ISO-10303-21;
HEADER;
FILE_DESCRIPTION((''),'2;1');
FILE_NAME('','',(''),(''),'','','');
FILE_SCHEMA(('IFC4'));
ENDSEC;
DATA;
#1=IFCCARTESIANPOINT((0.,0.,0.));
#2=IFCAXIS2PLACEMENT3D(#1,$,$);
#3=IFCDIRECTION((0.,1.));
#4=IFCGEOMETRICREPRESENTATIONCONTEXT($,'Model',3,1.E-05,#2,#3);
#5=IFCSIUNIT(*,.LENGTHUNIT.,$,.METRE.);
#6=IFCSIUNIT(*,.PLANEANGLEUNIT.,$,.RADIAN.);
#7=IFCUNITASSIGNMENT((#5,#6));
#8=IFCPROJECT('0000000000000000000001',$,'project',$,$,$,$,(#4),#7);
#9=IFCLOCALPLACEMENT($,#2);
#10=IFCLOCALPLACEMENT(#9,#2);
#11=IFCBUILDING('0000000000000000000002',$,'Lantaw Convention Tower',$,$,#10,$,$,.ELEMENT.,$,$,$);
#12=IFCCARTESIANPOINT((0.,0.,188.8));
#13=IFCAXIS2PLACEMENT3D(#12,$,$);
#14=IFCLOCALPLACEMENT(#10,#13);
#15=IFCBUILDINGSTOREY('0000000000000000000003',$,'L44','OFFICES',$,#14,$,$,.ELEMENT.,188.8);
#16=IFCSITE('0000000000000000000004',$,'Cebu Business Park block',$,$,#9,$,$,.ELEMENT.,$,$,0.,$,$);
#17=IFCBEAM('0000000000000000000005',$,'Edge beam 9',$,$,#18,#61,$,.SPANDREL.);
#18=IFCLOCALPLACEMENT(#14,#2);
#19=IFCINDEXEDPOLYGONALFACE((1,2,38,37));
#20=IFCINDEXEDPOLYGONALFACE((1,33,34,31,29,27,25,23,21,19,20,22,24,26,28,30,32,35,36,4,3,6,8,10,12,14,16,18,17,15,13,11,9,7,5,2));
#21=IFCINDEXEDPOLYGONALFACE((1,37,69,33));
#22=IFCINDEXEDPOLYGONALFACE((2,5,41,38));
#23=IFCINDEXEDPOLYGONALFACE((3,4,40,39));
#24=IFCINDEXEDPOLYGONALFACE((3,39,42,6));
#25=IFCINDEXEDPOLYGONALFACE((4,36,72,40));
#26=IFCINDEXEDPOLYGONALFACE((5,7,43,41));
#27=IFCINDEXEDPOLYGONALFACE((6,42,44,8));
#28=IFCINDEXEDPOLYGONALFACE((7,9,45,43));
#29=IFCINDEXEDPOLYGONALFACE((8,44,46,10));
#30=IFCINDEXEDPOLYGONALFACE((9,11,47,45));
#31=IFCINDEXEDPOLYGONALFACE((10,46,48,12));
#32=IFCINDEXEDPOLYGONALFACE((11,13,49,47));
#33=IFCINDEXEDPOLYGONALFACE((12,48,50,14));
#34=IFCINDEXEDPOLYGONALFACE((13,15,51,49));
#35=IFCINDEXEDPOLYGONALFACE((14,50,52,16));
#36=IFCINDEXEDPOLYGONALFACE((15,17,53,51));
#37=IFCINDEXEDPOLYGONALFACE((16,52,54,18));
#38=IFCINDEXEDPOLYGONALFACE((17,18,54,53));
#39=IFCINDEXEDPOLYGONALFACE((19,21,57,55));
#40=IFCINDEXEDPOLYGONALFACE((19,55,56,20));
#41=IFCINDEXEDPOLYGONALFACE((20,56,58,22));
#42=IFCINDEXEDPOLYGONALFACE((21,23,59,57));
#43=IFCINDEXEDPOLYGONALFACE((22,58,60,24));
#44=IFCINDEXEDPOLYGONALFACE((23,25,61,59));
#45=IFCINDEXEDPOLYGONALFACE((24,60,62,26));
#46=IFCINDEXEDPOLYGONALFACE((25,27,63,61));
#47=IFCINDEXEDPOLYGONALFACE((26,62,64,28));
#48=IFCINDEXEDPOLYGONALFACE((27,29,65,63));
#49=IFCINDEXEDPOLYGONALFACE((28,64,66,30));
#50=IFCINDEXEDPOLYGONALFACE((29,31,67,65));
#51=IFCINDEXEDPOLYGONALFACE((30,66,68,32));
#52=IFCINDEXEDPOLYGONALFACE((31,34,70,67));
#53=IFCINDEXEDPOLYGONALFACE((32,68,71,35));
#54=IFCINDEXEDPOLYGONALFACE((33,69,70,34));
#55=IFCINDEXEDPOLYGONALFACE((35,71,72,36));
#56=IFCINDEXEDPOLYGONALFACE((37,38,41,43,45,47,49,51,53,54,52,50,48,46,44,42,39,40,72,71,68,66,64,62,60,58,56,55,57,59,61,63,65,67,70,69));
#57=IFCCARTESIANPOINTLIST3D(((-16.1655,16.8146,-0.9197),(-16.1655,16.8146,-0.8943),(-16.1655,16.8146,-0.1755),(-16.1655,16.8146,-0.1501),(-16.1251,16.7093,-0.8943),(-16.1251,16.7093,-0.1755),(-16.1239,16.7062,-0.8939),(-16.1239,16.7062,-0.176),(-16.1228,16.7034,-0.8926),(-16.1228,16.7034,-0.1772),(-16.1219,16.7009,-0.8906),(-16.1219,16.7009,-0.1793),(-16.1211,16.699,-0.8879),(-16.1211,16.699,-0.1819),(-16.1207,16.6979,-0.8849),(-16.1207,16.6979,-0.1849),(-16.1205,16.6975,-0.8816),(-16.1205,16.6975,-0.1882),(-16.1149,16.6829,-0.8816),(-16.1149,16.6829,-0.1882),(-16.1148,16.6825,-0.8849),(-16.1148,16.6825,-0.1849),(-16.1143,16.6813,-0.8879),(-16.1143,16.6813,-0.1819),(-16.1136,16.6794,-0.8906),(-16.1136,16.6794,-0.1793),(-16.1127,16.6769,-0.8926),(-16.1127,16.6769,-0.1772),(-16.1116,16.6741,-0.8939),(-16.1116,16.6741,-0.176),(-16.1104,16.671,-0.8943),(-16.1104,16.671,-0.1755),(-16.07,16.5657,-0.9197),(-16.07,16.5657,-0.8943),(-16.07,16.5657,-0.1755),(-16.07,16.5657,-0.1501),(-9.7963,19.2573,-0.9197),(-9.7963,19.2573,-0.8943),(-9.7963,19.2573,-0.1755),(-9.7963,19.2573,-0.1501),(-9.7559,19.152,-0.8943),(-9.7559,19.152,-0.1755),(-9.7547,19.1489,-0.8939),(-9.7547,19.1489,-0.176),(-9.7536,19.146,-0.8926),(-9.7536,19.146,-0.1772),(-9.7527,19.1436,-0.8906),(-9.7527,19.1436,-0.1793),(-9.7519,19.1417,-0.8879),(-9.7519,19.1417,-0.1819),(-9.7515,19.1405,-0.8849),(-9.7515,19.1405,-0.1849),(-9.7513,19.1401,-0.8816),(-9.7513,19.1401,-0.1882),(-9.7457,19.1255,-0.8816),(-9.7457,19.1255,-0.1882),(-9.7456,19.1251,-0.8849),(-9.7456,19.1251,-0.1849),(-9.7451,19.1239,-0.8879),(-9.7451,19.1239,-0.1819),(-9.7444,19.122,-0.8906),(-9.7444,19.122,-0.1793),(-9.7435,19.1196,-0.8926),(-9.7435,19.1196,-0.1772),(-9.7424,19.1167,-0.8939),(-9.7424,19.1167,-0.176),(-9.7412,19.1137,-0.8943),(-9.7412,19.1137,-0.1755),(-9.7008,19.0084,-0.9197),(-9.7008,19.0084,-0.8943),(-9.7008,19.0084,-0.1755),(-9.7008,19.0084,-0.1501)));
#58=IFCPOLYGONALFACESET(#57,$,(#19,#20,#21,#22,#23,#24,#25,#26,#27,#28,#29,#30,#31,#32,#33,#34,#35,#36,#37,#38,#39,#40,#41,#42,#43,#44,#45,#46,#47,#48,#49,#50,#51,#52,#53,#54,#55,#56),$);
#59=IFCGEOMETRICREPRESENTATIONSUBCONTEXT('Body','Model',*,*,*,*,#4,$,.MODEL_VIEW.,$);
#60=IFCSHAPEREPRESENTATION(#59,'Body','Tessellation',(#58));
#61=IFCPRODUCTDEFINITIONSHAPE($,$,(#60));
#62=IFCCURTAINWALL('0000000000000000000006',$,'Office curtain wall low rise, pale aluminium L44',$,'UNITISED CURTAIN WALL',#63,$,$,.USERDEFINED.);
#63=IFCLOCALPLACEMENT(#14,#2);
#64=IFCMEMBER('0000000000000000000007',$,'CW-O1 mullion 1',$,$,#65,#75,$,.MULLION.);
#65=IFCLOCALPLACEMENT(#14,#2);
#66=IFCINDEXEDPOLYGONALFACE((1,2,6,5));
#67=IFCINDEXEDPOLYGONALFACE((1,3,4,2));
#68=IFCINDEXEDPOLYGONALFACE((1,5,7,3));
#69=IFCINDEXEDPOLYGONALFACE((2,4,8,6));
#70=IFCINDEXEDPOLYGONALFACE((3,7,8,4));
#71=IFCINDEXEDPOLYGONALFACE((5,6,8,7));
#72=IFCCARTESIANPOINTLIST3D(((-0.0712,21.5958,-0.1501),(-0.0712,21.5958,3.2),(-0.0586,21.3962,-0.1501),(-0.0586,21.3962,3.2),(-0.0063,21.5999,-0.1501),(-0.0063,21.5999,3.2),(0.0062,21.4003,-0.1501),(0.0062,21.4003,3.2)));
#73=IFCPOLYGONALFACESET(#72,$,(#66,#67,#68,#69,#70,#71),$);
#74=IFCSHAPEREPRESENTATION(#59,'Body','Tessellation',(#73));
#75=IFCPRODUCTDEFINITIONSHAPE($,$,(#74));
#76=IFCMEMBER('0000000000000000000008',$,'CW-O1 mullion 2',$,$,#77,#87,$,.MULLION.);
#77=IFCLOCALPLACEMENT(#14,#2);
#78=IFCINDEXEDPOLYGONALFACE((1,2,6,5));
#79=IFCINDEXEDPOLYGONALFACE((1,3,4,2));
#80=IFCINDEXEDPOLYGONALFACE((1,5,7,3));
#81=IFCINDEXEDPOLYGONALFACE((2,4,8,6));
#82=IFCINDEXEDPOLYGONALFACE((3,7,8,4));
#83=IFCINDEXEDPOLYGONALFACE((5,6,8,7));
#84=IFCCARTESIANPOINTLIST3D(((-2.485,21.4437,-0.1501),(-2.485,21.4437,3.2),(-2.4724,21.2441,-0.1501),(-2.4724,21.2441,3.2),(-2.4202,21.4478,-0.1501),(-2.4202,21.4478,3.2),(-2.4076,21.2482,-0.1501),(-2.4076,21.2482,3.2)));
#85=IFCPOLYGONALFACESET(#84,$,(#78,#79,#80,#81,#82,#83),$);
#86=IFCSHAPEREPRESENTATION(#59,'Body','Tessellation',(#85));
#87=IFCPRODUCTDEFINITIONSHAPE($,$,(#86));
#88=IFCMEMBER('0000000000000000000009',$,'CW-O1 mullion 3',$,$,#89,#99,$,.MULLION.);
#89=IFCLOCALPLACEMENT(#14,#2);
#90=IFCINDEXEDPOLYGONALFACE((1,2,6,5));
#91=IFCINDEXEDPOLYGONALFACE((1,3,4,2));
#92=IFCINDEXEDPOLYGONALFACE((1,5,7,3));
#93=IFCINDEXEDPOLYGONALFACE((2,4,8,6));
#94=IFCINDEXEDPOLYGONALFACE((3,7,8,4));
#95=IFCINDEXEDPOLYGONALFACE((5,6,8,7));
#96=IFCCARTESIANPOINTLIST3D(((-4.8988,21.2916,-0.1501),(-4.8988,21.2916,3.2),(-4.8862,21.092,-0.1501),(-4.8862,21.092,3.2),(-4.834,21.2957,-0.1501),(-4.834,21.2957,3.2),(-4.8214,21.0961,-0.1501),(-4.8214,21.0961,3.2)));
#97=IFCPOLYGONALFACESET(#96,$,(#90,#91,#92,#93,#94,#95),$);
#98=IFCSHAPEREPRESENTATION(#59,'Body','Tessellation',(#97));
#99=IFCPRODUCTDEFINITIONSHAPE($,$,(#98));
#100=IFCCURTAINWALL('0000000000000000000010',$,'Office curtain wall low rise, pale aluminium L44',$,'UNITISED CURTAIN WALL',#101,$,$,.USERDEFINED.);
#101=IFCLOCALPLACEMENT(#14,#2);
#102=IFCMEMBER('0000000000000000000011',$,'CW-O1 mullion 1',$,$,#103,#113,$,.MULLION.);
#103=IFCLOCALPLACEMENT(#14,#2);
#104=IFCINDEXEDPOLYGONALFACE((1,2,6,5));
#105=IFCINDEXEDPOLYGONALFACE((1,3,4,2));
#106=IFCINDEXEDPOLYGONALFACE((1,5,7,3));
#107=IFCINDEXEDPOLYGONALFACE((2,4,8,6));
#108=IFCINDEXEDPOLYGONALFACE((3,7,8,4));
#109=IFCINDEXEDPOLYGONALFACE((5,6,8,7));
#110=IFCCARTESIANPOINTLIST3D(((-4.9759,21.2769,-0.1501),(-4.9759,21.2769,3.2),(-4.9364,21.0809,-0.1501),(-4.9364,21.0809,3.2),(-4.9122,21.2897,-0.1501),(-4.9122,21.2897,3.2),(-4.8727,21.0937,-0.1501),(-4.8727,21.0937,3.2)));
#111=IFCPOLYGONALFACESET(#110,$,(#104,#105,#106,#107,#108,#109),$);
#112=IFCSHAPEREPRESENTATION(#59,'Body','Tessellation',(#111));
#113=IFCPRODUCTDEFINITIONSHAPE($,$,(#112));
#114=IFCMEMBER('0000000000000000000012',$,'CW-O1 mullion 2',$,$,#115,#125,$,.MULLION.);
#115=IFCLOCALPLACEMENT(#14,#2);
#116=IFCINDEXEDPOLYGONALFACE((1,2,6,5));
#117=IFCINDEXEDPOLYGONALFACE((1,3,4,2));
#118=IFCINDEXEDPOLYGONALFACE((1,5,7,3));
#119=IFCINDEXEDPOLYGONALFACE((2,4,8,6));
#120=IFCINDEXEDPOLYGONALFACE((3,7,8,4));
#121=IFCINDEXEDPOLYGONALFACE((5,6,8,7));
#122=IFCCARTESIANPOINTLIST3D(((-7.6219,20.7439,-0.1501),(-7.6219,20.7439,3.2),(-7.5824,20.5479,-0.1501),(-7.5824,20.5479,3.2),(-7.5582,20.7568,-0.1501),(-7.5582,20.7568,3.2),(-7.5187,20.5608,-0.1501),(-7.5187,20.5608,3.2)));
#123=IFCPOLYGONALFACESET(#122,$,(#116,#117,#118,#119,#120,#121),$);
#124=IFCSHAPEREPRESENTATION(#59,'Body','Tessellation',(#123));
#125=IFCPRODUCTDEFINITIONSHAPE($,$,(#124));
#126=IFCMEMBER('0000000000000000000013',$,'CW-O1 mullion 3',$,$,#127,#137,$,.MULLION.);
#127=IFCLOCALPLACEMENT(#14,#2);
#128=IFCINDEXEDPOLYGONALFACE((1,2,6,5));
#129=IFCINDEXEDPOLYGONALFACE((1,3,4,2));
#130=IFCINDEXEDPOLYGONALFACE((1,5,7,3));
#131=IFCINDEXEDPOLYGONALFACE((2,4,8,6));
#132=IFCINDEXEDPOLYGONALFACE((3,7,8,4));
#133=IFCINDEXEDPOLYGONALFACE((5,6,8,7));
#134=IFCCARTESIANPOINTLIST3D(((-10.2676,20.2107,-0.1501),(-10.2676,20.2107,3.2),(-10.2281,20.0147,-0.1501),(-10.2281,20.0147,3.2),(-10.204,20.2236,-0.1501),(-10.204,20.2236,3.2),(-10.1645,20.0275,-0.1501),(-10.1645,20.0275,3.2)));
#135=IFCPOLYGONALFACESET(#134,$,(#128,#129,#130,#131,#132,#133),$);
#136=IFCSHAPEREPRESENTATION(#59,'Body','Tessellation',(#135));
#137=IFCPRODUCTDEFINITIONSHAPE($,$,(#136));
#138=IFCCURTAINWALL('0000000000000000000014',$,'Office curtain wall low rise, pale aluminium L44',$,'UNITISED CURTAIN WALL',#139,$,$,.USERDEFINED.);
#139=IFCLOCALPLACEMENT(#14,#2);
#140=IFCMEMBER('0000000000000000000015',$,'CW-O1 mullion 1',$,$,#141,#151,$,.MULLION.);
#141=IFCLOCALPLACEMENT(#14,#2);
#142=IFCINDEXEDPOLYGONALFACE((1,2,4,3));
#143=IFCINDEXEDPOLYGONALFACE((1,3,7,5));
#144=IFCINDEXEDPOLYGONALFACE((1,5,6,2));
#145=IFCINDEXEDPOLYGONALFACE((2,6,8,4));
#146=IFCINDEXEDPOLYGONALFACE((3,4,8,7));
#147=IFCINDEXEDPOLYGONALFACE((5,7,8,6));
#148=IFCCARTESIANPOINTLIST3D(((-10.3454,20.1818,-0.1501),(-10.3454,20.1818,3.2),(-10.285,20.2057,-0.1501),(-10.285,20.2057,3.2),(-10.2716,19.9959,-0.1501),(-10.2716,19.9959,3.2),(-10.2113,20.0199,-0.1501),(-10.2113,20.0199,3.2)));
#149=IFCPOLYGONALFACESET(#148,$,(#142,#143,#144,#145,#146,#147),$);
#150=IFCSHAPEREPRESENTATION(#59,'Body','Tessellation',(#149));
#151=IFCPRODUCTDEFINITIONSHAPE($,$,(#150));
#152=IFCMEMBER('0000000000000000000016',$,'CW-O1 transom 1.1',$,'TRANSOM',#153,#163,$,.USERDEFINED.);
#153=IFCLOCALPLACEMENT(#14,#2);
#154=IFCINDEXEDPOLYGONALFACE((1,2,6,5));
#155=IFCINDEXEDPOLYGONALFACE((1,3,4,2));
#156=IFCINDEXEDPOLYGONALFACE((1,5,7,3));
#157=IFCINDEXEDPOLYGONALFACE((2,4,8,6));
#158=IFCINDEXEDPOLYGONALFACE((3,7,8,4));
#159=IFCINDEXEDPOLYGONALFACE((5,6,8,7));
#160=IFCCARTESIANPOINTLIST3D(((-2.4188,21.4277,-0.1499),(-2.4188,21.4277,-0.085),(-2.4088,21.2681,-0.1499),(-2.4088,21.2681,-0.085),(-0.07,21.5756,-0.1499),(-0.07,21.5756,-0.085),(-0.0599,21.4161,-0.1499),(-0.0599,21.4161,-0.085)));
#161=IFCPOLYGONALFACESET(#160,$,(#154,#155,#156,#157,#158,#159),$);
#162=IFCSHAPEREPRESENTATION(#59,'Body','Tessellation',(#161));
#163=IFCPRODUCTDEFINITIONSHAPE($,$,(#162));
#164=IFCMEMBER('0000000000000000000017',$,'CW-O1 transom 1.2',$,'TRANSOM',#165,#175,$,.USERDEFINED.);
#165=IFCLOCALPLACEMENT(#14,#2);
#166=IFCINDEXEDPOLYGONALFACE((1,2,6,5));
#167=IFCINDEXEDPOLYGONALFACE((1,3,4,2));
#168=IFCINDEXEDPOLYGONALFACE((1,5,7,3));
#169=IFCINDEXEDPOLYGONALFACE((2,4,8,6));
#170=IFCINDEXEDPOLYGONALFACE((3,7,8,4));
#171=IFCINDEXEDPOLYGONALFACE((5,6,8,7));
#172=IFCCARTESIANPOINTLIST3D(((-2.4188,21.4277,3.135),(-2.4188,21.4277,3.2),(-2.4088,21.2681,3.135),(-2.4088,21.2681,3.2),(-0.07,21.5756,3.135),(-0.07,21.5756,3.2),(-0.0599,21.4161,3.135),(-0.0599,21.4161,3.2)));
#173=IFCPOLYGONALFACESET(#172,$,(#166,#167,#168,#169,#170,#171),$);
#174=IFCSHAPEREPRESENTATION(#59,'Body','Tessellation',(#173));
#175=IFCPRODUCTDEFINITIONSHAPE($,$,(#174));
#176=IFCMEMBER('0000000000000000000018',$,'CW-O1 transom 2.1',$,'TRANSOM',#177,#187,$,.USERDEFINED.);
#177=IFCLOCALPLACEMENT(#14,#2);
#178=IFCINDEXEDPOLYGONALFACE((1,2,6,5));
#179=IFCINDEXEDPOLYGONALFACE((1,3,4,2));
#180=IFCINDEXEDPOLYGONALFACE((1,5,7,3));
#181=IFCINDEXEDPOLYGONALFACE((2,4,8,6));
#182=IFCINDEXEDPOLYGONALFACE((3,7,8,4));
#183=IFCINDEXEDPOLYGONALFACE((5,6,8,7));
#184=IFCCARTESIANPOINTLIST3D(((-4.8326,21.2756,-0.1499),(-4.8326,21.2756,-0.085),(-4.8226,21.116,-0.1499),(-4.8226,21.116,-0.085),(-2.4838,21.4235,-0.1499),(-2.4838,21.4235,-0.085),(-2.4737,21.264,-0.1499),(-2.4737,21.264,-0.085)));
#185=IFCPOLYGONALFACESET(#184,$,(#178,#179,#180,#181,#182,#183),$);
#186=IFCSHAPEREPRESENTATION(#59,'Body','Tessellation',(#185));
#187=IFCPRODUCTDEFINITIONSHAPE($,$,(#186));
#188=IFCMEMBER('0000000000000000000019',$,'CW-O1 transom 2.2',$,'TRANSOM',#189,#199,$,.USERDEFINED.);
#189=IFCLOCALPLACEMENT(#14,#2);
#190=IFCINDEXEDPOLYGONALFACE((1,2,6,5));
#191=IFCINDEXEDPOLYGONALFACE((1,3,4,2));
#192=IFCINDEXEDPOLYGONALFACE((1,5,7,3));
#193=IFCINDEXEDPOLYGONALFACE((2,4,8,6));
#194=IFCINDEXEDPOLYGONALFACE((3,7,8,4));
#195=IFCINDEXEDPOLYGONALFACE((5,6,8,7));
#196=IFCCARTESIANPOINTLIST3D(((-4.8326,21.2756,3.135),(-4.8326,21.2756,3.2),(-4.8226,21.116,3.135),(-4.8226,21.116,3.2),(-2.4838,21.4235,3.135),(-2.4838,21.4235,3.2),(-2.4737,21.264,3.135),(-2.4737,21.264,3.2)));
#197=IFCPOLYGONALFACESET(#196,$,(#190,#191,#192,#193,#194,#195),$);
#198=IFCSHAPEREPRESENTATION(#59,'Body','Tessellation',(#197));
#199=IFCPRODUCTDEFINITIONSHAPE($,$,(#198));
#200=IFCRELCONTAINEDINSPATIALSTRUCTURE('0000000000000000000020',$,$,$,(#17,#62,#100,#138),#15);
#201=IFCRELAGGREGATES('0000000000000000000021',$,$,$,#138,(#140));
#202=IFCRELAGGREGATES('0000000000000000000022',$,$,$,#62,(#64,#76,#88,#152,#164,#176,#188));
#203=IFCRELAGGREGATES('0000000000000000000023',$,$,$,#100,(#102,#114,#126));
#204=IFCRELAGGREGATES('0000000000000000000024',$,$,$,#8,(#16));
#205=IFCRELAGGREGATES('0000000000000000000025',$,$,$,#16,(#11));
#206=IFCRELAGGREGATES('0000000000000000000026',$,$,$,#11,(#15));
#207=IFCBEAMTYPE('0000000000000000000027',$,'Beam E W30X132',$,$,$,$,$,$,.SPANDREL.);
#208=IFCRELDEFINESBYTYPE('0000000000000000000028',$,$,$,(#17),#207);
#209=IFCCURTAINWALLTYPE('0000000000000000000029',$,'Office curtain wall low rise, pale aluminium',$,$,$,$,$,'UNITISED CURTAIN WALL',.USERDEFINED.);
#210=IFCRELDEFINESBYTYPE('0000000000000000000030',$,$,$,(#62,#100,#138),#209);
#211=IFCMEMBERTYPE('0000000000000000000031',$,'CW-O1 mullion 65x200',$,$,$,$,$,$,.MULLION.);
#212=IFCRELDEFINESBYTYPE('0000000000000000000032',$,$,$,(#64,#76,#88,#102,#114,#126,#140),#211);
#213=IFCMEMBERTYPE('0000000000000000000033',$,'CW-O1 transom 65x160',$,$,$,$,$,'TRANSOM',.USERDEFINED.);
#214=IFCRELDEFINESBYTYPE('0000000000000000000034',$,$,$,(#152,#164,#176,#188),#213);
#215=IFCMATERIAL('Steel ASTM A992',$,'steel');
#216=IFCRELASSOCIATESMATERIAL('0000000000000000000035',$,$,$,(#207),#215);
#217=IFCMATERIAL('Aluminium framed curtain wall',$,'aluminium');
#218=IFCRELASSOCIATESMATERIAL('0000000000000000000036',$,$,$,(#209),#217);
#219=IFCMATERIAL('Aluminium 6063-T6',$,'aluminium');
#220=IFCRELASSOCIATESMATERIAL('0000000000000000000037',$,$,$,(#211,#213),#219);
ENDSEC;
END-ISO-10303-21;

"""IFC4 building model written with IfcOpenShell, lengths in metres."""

from ifc_helpers import new_model, si_unit, direction, frame, origin, origin_2d, place, context, subcontext, project, spatial, rectangle, i_section, extrude, material, material_profile, profile_set, type_object, element, aggregate, save


model = new_model("IFC4")

# Units and contexts
model_context = context("Model", 3, precision=1e-05, world=origin(), true_north=direction((0.0, 1.0)))
body_context = subcontext(model_context, "Body", "Model", "MODEL_VIEW")
ifc_project = project(units=[si_unit("LENGTHUNIT", "METRE"), si_unit("PLANEANGLEUNIT", "RADIAN")], contexts=[model_context])

# Site, building, storey
site_placement = place(None, origin())
site = spatial("IfcSite", under=ifc_project, at=site_placement, Name="Cebu Business Park block", CompositionType="ELEMENT", RefElevation=0.0)
building_placement = place(site_placement, origin())
building = spatial("IfcBuilding", under=site, at=building_placement, Name="Lantaw Convention Tower", CompositionType="ELEMENT")
storey_placement = place(building_placement, frame((0.0, 0.0, 188.8)))
storey = spatial("IfcBuildingStorey", under=building, at=storey_placement, Name="L44", Description="OFFICES", CompositionType="ELEMENT", Elevation=188.8)

# Beam
ifc_material_1 = material(Name="Steel ASTM A992", Category="steel")
ifc_material_profile_1 = material_profile(ifc_material_1, i_section(OverallWidth=0.2666, OverallDepth=0.7695, WebThickness=0.0156, FlangeThickness=0.0254, FilletRadius=0.0127, at=origin_2d()), Name="W30X132")
ifc_profile_set_1 = profile_set([ifc_material_profile_1], Name="Steel ASTM A992")
beam_type = type_object("IfcBeamType", Name="Beam E W30X132", PredefinedType="SPANDREL", material=ifc_profile_set_1)
beam_1_placement = place(storey_placement, frame((-9.7485, 19.1328, -0.5349), z_axis=(-0.933691, -0.35808, 0.0), x_axis=(0.35808, -0.933691, 0.0)))
element("IfcBeam", 1, at=beam_1_placement, inside=storey, type_object=beam_type, Name="Edge beam 9", PredefinedType="SPANDREL", context=body_context, shape_type="SweptSolid", body=[
    extrude(i_section(OverallWidth=0.2666, OverallDepth=0.7695, WebThickness=0.0156, FlangeThickness=0.0254, FilletRadius=0.0127, at=origin_2d()), origin(), (0.0, 0.0, 1.0), 6.8215),
])

# Curtain walls, members
ifc_material_2 = material(Name="Aluminium framed curtain wall", Category="aluminium")
curtain_wall_type = type_object("IfcCurtainWallType", Name="Office curtain wall low rise, pale aluminium", ElementType="UNITISED CURTAIN WALL", PredefinedType="USERDEFINED", material=ifc_material_2)
curtain_wall_1_placement = place(storey_placement, origin())
curtain_wall_1 = element("IfcCurtainWall", 2, at=curtain_wall_1_placement, inside=storey, type_object=curtain_wall_type, Name="Office curtain wall low rise, pale aluminium L44", ObjectType="UNITISED CURTAIN WALL", PredefinedType="USERDEFINED")
ifc_material_3 = material(Name="Aluminium 6063-T6", Category="aluminium")
ifc_material_profile_2 = material_profile(ifc_material_3, rectangle(XDim=0.2, YDim=0.0649, at=origin_2d()), Name="CW-O1 mullion 65x200")
ifc_profile_set_2 = profile_set([ifc_material_profile_2], Name="Aluminium 6063-T6")
member_type_1 = type_object("IfcMemberType", Name="CW-O1 mullion 65x200", PredefinedType="MULLION", material=ifc_profile_set_2)
member_1_placement = place(storey_placement, frame((-0.0325, 21.498, -0.1501), z_axis=(0.0, 0.0, 1.0), x_axis=(0.062865, -0.998022, 0.0)))
member_1 = element("IfcMember", 3, at=member_1_placement, type_object=member_type_1, Name="CW-O1 mullion 1", PredefinedType="MULLION", context=body_context, shape_type="SweptSolid", body=[
    extrude(rectangle(XDim=0.2, YDim=0.0649, at=origin_2d()), origin(), (0.0, 0.0, 1.0), 3.3501),
])
member_2_placement = place(storey_placement, frame((-2.4463, 21.3459, -0.1501), z_axis=(0.0, 0.0, 1.0), x_axis=(0.062865, -0.998022, 0.0)))
member_2 = element("IfcMember", 4, at=member_2_placement, type_object=member_type_1, Name="CW-O1 mullion 2", PredefinedType="MULLION", context=body_context, shape_type="SweptSolid", body=[
    extrude(rectangle(XDim=0.2, YDim=0.0649, at=origin_2d()), origin(), (0.0, 0.0, 1.0), 3.3501),
])
member_3_placement = place(storey_placement, frame((-4.8601, 21.1938, -0.1501), z_axis=(0.0, 0.0, 1.0), x_axis=(0.062865, -0.998022, 0.0)))
member_3 = element("IfcMember", 5, at=member_3_placement, type_object=member_type_1, Name="CW-O1 mullion 3", PredefinedType="MULLION", context=body_context, shape_type="SweptSolid", body=[
    extrude(rectangle(XDim=0.2, YDim=0.0649, at=origin_2d()), origin(), (0.0, 0.0, 1.0), 3.3501),
])
curtain_wall_2_placement = place(storey_placement, origin())
curtain_wall_2 = element("IfcCurtainWall", 6, at=curtain_wall_2_placement, inside=storey, type_object=curtain_wall_type, Name="Office curtain wall low rise, pale aluminium L44", ObjectType="UNITISED CURTAIN WALL", PredefinedType="USERDEFINED")
member_4_placement = place(storey_placement, frame((-4.9243, 21.1853, -0.1501), z_axis=(0.0, 0.0, 1.0), x_axis=(0.197507, -0.980302, 0.0)))
member_4 = element("IfcMember", 7, at=member_4_placement, type_object=member_type_1, Name="CW-O1 mullion 1", PredefinedType="MULLION", context=body_context, shape_type="SweptSolid", body=[
    extrude(rectangle(XDim=0.2, YDim=0.0649, at=origin_2d()), origin(), (0.0, 0.0, 1.0), 3.3501),
])
member_5_placement = place(storey_placement, frame((-7.5703, 20.6523, -0.1501), z_axis=(0.0, 0.0, 1.0), x_axis=(0.197507, -0.980302, 0.0)))
member_5 = element("IfcMember", 8, at=member_5_placement, type_object=member_type_1, Name="CW-O1 mullion 2", PredefinedType="MULLION", context=body_context, shape_type="SweptSolid", body=[
    extrude(rectangle(XDim=0.2, YDim=0.0649, at=origin_2d()), origin(), (0.0, 0.0, 1.0), 3.3501),
])
member_6_placement = place(storey_placement, frame((-10.2161, 20.1191, -0.1501), z_axis=(0.0, 0.0, 1.0), x_axis=(0.197507, -0.980302, 0.0)))
member_6 = element("IfcMember", 9, at=member_6_placement, type_object=member_type_1, Name="CW-O1 mullion 3", PredefinedType="MULLION", context=body_context, shape_type="SweptSolid", body=[
    extrude(rectangle(XDim=0.2, YDim=0.0649, at=origin_2d()), origin(), (0.0, 0.0, 1.0), 3.3501),
])

# Curtain wall, member
curtain_wall_3_placement = place(storey_placement, origin())
curtain_wall_3 = element("IfcCurtainWall", 10, at=curtain_wall_3_placement, inside=storey, type_object=curtain_wall_type, Name="Office curtain wall low rise, pale aluminium L44", ObjectType="UNITISED CURTAIN WALL", PredefinedType="USERDEFINED")
member_7_placement = place(storey_placement, frame((-10.2783, 20.1008, -0.1501), z_axis=(0.0, 0.0, 1.0), x_axis=(0.368702, -0.929548, 0.0)))
member_7 = element("IfcMember", 11, at=member_7_placement, type_object=member_type_1, Name="CW-O1 mullion 1", PredefinedType="MULLION", context=body_context, shape_type="SweptSolid", body=[
    extrude(rectangle(XDim=0.2, YDim=0.0649, at=origin_2d()), origin(), (0.0, 0.0, 1.0), 3.3501),
])

# Members
ifc_material_profile_3 = material_profile(ifc_material_3, rectangle(XDim=0.1599, YDim=0.0649, at=origin_2d()), Name="CW-O1 transom 65x160")
ifc_profile_set_3 = profile_set([ifc_material_profile_3], Name="Aluminium 6063-T6")
member_type_2 = type_object("IfcMemberType", Name="CW-O1 transom 65x160", ElementType="TRANSOM", PredefinedType="USERDEFINED", material=ifc_profile_set_3)
member_8_placement = place(storey_placement, frame((-0.0649, 21.4958, -0.1174), z_axis=(-0.998022, -0.062863, 0.0), x_axis=(0.062863, -0.998022, 0.0)))
member_8 = element("IfcMember", 12, at=member_8_placement, type_object=member_type_2, Name="CW-O1 transom 1.1", ObjectType="TRANSOM", PredefinedType="USERDEFINED", context=body_context, shape_type="SweptSolid", body=[
    extrude(rectangle(XDim=0.1599, YDim=0.0649, at=origin_2d()), origin(), (0.0, 0.0, 1.0), 2.3535),
])
member_9_placement = place(storey_placement, frame((-0.0649, 21.4958, 3.1675), z_axis=(-0.998022, -0.062863, 0.0), x_axis=(0.062863, -0.998022, 0.0)))
member_9 = element("IfcMember", 13, at=member_9_placement, type_object=member_type_2, Name="CW-O1 transom 1.2", ObjectType="TRANSOM", PredefinedType="USERDEFINED", context=body_context, shape_type="SweptSolid", body=[
    extrude(rectangle(XDim=0.1599, YDim=0.0649, at=origin_2d()), origin(), (0.0, 0.0, 1.0), 2.3535),
])
member_10_placement = place(storey_placement, frame((-2.4788, 21.3438, -0.1174), z_axis=(-0.998022, -0.062863, 0.0), x_axis=(0.062863, -0.998022, 0.0)))
member_10 = element("IfcMember", 14, at=member_10_placement, type_object=member_type_2, Name="CW-O1 transom 2.1", ObjectType="TRANSOM", PredefinedType="USERDEFINED", context=body_context, shape_type="SweptSolid", body=[
    extrude(rectangle(XDim=0.1599, YDim=0.0649, at=origin_2d()), origin(), (0.0, 0.0, 1.0), 2.3535),
])
member_11_placement = place(storey_placement, frame((-2.4788, 21.3438, 3.1675), z_axis=(-0.998022, -0.062863, 0.0), x_axis=(0.062863, -0.998022, 0.0)))
member_11 = element("IfcMember", 15, at=member_11_placement, type_object=member_type_2, Name="CW-O1 transom 2.2", ObjectType="TRANSOM", PredefinedType="USERDEFINED", context=body_context, shape_type="SweptSolid", body=[
    extrude(rectangle(XDim=0.1599, YDim=0.0649, at=origin_2d()), origin(), (0.0, 0.0, 1.0), 2.3535),
])
aggregate(curtain_wall_3, [member_7])

aggregate(curtain_wall_1, [member_1, member_2, member_3, member_8, member_9, member_10, member_11])
aggregate(curtain_wall_2, [member_4, member_5, member_6])

save(model, "model.ifc")
